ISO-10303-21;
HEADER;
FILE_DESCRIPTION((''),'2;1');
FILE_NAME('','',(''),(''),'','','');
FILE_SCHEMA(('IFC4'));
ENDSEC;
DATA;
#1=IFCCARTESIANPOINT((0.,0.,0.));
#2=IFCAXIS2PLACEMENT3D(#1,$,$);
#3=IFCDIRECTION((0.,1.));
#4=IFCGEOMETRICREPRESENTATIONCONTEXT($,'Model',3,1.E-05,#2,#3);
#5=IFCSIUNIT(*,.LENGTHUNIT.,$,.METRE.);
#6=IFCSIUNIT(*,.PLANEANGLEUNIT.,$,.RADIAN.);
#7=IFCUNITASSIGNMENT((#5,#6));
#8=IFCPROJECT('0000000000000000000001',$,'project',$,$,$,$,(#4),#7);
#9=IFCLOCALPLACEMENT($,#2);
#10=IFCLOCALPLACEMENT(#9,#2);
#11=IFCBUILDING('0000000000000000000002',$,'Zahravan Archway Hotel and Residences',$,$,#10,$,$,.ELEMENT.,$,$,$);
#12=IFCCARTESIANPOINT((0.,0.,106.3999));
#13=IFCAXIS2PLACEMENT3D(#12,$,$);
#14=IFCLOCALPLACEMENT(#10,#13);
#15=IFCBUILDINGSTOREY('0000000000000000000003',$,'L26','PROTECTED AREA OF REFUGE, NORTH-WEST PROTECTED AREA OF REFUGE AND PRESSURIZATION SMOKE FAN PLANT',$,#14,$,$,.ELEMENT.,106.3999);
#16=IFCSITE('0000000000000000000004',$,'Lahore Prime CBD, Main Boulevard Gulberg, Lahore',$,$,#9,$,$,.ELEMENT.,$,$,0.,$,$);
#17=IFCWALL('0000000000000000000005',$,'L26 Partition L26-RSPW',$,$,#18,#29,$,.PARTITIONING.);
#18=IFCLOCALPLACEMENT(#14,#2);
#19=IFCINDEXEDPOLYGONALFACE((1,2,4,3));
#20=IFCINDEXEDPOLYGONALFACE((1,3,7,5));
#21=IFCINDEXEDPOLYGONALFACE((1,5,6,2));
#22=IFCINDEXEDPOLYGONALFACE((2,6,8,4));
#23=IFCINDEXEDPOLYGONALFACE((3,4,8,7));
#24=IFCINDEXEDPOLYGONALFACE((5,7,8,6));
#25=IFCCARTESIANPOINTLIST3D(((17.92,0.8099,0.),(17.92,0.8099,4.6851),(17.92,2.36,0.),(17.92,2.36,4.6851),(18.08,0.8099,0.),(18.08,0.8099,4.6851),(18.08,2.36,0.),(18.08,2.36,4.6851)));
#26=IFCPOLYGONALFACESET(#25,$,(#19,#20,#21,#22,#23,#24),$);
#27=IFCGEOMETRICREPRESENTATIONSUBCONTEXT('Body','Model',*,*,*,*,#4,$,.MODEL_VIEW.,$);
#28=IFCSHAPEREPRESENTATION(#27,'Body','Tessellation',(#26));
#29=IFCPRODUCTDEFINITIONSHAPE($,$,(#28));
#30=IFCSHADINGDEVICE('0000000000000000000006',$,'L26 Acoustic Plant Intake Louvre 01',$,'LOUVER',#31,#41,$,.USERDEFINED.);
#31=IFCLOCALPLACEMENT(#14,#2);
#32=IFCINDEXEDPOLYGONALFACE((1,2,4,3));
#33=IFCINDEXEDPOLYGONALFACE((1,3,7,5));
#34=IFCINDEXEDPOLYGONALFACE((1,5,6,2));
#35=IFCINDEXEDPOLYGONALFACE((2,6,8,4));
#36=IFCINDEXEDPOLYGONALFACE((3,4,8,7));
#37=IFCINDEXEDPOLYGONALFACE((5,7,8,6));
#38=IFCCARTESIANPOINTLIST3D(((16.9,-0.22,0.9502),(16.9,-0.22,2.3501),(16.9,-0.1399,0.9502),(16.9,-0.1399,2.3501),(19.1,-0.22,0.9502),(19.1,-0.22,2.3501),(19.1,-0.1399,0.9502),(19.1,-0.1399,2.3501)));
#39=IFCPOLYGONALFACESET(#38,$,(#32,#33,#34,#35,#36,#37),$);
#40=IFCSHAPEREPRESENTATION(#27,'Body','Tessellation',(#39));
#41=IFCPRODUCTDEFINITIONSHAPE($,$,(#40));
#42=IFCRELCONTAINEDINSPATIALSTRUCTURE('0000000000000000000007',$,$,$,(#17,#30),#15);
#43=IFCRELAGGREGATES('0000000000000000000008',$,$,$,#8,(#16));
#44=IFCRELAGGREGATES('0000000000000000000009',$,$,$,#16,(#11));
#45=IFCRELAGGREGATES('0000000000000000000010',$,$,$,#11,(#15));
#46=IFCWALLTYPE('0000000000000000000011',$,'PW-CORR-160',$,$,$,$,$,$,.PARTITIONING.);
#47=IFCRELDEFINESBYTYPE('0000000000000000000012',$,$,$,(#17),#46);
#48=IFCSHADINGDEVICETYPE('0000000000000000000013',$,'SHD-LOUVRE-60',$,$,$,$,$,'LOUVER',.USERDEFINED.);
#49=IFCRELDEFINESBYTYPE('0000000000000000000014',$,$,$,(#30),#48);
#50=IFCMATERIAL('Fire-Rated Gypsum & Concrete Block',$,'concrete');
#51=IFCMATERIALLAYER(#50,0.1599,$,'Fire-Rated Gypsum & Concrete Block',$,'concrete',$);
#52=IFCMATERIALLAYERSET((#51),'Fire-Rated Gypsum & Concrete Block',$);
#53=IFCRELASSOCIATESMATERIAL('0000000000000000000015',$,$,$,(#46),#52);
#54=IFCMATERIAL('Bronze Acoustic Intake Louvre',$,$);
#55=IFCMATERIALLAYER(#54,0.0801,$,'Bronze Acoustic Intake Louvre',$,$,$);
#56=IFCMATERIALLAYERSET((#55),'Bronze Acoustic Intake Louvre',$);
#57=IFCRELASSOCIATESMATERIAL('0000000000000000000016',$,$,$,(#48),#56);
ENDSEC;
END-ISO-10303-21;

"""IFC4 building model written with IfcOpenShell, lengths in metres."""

from ifc_helpers import new_model, si_unit, direction, frame, frame_2d, origin, origin_2d, place, context, subcontext, project, spatial, rectangle, extrude, source, transform, mapped, material, layer, layer_set, type_object, type_shapes, element, save


model = new_model("IFC4")

# Units and contexts
model_context = context("Model", 3, precision=1e-05, world=origin(), true_north=direction((0.0, 1.0)))
body_context = subcontext(model_context, "Body", "Model", "MODEL_VIEW")
ifc_project = project(units=[si_unit("LENGTHUNIT", "METRE"), si_unit("PLANEANGLEUNIT", "RADIAN")], contexts=[model_context])

# Site, building, storey
site_placement = place(None, origin())
site = spatial("IfcSite", under=ifc_project, at=site_placement, Name="Lahore Prime CBD, Main Boulevard Gulberg, Lahore", CompositionType="ELEMENT", RefElevation=0.0)
building_placement = place(site_placement, origin())
building = spatial("IfcBuilding", under=site, at=building_placement, Name="Zahravan Archway Hotel and Residences", CompositionType="ELEMENT")
storey_placement = place(building_placement, frame((0.0, 0.0, 106.3999)))
storey = spatial("IfcBuildingStorey", under=building, at=storey_placement, Name="L26", Description="PROTECTED AREA OF REFUGE, NORTH-WEST PROTECTED AREA OF REFUGE AND PRESSURIZATION SMOKE FAN PLANT", CompositionType="ELEMENT", Elevation=106.3999)

# Shared definitions
ifc_material_1 = material(Name="Fire-Rated Gypsum & Concrete Block", Category="concrete")

# Shared definitions
ifc_layer_1 = layer(ifc_material_1, 0.1599, Name="Fire-Rated Gypsum & Concrete Block", Category="concrete")
ifc_layer_set_1 = layer_set([ifc_layer_1], Name="Fire-Rated Gypsum & Concrete Block")
wall_type_1 = type_object("IfcWallType", Name="PW-CORR-160", PredefinedType="PARTITIONING", material=ifc_layer_set_1)

# Wall
wall_1_placement = place(storey_placement, frame((18.0, 0.8101, 0.0), z_axis=(0.0, 0.0, 1.0), x_axis=(0.0, 1.0, 0.0)))
element("IfcWall", 1, at=wall_1_placement, inside=storey, type_object=wall_type_1, Name="L26 Partition L26-RSPW", PredefinedType="PARTITIONING", context=body_context, shape_type="SweptSolid", body=[
    extrude(rectangle(XDim=1.55, YDim=0.1599, at=frame_2d((0.7749, 0.0))), origin(), (0.0, 0.0, 1.0), 4.6851),
])

# Shading device
ifc_material_2 = material(Name="Bronze Acoustic Intake Louvre")
ifc_layer_2 = layer(ifc_material_2, 0.0801, Name="Bronze Acoustic Intake Louvre")
ifc_layer_set_2 = layer_set([ifc_layer_2], Name="Bronze Acoustic Intake Louvre")
shading_device_type = type_object("IfcShadingDeviceType", Name="SHD-LOUVRE-60", ElementType="LOUVER", PredefinedType="USERDEFINED", material=ifc_layer_set_2)
shared_shape_1 = source(origin(), body_context, "Body", "SweptSolid", [
    extrude(rectangle(XDim=2.2, YDim=0.0801, at=origin_2d()), origin(), (0.0, 0.0, 1.0), 1.3999),
])
type_shapes(shading_device_type, [shared_shape_1])
shading_device_placement = place(storey_placement, frame((18.0, -0.1799, 0.9502), z_axis=(0.0, 0.0, 1.0), x_axis=(1.0, 0.0, 0.0)))
element("IfcShadingDevice", 2, at=shading_device_placement, inside=storey, type_object=shading_device_type, Name="L26 Acoustic Plant Intake Louvre 01", ObjectType="LOUVER", PredefinedType="USERDEFINED", context=body_context, shape_type="MappedRepresentation", body=[
    mapped(shared_shape_1, transform((0.0, 0.0, 0.0), scale=1.0)),
])

save(model, "model.ifc")
